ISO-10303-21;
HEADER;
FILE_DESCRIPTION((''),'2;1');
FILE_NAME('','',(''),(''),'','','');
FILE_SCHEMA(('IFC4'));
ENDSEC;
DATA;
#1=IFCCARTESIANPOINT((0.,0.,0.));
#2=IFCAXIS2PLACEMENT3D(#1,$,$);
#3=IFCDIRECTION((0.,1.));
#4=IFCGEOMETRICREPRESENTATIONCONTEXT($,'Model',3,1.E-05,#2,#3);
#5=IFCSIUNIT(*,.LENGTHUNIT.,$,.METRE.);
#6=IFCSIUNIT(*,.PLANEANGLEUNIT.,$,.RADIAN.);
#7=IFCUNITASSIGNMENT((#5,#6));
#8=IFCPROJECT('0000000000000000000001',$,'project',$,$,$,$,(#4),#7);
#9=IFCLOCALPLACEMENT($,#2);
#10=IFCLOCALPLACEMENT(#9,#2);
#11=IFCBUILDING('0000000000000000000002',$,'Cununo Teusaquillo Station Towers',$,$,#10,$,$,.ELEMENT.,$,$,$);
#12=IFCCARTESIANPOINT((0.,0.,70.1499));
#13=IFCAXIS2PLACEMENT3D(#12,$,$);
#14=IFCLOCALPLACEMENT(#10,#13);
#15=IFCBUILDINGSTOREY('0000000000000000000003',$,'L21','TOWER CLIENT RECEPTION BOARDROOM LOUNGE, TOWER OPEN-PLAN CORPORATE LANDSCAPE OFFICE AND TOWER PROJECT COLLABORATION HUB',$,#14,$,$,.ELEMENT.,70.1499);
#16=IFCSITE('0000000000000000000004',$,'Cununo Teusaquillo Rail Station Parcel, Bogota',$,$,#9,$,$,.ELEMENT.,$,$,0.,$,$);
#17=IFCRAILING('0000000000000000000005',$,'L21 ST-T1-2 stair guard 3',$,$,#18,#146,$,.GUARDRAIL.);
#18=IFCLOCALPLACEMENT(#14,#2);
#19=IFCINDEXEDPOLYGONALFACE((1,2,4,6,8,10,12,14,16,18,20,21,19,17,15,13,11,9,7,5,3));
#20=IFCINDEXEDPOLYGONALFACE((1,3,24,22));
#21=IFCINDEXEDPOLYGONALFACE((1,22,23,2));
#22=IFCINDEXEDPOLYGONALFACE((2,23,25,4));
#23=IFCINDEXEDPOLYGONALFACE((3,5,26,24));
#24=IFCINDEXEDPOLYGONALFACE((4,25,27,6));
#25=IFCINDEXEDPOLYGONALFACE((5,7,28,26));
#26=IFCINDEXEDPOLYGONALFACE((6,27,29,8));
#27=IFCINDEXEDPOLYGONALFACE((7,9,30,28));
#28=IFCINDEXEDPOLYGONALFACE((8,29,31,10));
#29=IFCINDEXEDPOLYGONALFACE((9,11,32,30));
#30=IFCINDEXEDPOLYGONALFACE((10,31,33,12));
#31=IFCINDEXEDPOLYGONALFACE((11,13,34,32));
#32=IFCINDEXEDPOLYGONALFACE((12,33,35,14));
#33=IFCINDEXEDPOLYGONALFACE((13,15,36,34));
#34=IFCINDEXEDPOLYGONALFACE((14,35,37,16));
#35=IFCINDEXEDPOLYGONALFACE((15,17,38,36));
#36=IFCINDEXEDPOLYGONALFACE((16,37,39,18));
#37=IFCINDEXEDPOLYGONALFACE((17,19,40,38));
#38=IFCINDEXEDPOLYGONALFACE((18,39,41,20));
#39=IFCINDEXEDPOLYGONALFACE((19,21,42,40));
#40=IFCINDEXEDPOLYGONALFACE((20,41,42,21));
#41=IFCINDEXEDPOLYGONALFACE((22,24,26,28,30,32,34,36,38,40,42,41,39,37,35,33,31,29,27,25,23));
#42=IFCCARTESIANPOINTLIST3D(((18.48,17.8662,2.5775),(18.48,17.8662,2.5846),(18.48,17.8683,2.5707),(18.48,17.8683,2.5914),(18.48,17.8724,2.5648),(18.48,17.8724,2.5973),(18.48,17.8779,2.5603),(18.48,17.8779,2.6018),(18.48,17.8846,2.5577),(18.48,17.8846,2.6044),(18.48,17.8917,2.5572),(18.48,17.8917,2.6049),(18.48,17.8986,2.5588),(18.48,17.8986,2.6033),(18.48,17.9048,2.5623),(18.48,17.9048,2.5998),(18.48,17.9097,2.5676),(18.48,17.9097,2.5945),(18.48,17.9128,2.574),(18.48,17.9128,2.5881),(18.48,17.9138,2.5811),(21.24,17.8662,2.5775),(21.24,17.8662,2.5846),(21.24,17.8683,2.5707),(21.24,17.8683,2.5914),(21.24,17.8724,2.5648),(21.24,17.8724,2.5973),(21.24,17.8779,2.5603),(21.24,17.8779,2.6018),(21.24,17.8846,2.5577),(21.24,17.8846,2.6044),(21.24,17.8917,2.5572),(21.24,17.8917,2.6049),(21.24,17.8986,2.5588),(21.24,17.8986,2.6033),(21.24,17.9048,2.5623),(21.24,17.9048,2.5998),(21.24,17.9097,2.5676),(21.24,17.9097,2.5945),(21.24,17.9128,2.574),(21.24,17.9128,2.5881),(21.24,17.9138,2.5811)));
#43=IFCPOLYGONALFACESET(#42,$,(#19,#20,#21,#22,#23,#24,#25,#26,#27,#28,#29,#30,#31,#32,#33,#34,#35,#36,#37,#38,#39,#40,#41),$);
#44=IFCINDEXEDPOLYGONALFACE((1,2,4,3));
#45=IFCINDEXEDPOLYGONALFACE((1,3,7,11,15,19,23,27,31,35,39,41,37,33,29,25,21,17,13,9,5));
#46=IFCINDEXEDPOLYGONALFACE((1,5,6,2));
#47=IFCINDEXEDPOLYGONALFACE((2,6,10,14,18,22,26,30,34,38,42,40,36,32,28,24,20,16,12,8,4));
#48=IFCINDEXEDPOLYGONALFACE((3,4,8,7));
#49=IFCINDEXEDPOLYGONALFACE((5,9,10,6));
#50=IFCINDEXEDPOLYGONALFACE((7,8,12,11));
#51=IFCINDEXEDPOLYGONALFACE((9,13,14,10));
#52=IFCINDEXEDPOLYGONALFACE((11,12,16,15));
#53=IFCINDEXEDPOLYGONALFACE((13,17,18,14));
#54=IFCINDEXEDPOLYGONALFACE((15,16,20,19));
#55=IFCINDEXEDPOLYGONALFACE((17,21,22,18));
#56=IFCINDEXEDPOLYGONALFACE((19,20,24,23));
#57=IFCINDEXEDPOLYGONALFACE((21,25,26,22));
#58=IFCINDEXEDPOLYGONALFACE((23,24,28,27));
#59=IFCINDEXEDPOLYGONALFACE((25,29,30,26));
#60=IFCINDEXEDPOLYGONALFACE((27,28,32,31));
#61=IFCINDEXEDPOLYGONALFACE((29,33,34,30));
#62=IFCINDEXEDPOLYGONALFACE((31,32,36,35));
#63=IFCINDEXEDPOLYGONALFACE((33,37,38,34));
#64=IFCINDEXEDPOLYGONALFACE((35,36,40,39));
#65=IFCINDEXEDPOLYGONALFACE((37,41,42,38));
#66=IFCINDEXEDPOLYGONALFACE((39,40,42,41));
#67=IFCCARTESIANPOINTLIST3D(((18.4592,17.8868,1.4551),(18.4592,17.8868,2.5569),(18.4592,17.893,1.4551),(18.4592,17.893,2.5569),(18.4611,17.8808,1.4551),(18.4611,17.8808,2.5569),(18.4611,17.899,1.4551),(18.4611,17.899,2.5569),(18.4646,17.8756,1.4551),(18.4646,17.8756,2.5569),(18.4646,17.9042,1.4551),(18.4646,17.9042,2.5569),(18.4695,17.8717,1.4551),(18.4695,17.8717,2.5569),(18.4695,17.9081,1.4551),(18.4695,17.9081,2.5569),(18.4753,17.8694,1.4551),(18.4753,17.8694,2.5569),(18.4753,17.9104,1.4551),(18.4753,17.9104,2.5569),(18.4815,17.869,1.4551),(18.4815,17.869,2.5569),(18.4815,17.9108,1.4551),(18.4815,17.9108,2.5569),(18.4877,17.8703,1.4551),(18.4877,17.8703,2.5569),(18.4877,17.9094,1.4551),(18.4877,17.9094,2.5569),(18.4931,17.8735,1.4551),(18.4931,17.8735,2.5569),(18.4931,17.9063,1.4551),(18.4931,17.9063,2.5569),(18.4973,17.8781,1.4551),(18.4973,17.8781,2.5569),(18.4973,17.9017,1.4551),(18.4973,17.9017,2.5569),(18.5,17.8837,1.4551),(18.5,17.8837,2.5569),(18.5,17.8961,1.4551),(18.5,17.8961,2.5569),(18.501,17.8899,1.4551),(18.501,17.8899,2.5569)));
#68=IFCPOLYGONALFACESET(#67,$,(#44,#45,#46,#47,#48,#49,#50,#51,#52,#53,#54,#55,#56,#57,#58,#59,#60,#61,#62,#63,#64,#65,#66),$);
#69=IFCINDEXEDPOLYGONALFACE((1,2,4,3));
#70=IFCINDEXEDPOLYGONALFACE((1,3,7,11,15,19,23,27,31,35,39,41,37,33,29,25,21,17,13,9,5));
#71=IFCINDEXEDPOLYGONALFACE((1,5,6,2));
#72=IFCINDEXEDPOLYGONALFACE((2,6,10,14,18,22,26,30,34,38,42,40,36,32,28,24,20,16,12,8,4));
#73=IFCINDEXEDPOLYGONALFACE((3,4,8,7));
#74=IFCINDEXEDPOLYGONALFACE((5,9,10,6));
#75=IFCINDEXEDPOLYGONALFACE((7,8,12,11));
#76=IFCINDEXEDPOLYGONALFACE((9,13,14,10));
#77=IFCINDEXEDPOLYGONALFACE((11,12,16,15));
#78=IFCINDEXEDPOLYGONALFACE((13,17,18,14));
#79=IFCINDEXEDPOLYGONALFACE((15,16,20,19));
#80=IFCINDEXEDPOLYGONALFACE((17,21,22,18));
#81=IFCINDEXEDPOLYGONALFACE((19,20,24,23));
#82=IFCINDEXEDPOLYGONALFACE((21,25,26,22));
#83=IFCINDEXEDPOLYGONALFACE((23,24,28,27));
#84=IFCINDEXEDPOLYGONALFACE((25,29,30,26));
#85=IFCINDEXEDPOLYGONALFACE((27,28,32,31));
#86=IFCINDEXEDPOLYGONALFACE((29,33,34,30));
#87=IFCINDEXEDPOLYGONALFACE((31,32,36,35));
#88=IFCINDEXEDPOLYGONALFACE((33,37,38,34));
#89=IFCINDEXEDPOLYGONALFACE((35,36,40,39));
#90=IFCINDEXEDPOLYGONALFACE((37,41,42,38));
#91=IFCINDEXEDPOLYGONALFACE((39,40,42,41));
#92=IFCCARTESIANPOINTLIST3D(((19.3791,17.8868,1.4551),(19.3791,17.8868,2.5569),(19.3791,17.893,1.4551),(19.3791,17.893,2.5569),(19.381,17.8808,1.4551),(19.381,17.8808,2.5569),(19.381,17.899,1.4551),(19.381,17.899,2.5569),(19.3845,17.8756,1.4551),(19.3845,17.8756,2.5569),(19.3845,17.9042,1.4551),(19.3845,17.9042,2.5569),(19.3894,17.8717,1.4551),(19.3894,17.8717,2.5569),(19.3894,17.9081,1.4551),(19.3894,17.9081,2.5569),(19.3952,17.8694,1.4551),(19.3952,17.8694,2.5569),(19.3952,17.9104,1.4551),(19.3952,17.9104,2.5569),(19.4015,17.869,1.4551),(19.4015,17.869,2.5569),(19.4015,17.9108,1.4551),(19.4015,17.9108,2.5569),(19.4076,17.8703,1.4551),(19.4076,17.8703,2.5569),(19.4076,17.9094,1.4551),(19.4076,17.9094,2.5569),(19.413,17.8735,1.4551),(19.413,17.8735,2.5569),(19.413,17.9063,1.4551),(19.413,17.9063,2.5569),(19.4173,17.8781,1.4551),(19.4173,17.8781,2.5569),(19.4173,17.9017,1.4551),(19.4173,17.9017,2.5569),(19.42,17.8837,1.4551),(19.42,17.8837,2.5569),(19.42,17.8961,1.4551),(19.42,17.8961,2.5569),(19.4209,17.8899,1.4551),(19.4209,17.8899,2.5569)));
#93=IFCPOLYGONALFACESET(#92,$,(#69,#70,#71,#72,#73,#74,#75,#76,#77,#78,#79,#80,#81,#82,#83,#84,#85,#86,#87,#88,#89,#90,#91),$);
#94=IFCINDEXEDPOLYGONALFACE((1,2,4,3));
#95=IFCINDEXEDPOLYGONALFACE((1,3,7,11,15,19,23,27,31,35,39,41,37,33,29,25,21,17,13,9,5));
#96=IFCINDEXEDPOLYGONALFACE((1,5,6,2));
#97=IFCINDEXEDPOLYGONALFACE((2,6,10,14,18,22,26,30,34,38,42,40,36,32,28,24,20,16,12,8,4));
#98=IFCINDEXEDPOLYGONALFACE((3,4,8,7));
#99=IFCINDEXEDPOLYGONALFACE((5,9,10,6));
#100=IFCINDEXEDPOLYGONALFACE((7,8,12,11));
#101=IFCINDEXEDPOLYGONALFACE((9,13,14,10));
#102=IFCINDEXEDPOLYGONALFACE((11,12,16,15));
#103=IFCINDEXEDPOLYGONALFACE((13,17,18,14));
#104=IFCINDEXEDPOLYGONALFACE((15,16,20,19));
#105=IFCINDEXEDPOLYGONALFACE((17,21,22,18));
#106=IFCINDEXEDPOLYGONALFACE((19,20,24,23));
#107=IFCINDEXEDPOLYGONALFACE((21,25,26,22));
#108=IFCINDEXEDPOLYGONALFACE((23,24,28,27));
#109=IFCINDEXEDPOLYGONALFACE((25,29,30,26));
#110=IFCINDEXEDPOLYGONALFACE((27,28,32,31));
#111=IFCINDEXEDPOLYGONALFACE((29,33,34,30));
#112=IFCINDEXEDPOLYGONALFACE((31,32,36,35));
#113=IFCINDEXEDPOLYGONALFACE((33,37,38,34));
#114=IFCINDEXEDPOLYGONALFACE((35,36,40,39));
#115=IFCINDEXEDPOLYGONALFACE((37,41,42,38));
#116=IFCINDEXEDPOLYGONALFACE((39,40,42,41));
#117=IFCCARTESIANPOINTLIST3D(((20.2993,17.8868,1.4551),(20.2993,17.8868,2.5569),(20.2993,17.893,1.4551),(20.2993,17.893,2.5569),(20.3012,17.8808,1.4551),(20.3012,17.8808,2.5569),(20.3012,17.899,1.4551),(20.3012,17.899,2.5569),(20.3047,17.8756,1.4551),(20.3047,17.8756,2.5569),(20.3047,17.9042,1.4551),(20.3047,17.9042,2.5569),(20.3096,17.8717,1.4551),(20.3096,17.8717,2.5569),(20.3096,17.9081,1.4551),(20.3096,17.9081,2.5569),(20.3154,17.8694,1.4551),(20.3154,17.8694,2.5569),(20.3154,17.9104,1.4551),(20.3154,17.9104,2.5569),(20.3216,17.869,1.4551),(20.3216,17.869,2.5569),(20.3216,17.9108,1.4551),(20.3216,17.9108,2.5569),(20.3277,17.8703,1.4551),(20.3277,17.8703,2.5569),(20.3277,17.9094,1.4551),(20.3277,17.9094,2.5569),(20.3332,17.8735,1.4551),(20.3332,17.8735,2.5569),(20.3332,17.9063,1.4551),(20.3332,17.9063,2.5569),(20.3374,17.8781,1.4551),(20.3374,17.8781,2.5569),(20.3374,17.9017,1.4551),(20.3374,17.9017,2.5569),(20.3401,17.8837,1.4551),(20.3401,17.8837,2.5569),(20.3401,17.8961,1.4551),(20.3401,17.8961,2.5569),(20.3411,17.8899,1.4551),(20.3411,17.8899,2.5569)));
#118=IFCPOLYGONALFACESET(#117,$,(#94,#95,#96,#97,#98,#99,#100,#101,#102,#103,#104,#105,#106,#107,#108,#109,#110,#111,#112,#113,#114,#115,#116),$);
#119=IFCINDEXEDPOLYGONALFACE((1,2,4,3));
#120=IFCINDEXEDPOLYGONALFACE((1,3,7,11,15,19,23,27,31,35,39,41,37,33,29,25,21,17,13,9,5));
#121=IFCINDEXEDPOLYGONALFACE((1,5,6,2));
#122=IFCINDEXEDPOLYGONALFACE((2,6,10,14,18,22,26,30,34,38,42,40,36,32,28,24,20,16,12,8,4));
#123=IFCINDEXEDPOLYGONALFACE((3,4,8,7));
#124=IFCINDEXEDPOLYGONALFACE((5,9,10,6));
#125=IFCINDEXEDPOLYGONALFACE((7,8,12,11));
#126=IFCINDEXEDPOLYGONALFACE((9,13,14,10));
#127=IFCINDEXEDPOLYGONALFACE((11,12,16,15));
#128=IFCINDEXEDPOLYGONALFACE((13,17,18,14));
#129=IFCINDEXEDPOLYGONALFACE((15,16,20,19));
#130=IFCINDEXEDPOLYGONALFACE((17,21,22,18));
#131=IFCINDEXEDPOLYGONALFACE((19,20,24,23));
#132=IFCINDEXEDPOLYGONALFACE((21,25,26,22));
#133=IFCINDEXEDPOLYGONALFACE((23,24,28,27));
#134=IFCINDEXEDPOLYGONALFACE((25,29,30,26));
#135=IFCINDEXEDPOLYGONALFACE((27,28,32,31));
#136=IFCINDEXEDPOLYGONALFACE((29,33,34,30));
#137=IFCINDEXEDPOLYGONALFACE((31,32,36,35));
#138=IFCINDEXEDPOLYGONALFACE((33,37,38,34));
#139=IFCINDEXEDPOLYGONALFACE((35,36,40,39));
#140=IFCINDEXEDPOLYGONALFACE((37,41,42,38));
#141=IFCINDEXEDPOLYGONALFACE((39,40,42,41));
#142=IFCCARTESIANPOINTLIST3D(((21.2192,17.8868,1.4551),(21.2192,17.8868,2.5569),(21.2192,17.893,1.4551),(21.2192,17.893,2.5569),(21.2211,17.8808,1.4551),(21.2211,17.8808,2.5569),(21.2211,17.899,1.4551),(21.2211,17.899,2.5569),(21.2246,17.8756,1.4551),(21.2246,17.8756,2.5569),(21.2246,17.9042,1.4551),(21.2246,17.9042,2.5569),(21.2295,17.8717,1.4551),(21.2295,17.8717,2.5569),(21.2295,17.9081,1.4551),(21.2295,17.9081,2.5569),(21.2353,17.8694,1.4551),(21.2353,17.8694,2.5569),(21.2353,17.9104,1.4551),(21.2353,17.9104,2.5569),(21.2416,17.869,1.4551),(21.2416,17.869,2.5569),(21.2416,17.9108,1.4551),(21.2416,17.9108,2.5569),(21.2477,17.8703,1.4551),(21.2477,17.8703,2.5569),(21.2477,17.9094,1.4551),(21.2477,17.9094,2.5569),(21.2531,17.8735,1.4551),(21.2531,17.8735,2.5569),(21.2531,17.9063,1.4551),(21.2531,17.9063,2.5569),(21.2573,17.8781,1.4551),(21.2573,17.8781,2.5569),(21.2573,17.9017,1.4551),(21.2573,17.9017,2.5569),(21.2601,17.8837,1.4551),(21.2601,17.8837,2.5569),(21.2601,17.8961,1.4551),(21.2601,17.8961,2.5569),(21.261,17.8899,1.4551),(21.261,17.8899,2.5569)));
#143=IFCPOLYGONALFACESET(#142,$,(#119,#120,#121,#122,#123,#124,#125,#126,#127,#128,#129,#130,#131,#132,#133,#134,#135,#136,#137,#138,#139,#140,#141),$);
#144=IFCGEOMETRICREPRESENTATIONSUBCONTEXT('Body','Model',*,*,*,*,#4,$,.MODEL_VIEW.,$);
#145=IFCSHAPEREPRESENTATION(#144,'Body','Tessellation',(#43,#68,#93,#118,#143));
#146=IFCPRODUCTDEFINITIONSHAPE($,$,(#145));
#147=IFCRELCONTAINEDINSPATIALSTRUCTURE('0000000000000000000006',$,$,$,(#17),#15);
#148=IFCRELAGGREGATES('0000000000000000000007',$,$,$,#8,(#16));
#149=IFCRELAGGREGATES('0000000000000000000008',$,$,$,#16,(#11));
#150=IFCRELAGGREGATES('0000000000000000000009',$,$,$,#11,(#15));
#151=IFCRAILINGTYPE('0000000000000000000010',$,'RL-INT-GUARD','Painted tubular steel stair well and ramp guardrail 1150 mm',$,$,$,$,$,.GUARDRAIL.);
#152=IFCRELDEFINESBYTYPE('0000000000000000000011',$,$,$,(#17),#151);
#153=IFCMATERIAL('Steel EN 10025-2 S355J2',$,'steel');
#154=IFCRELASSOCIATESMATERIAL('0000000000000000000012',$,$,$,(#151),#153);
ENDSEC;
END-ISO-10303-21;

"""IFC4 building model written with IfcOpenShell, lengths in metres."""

from ifc_helpers import new_model, si_unit, direction, frame, origin, origin_2d, place, context, subcontext, project, spatial, circle, extrude, material, type_object, element, save


model = new_model("IFC4")

# Units and contexts
model_context = context("Model", 3, precision=1e-05, world=origin(), true_north=direction((0.0, 1.0)))
body_context = subcontext(model_context, "Body", "Model", "MODEL_VIEW")
ifc_project = project(units=[si_unit("LENGTHUNIT", "METRE"), si_unit("PLANEANGLEUNIT", "RADIAN")], contexts=[model_context])

# Site, building, storey
site_placement = place(None, origin())
site = spatial("IfcSite", under=ifc_project, at=site_placement, Name="Cununo Teusaquillo Rail Station Parcel, Bogota", CompositionType="ELEMENT", RefElevation=0.0)
building_placement = place(site_placement, origin())
building = spatial("IfcBuilding", under=site, at=building_placement, Name="Cununo Teusaquillo Station Towers", CompositionType="ELEMENT")
storey_placement = place(building_placement, frame((0.0, 0.0, 70.1499)))
storey = spatial("IfcBuildingStorey", under=building, at=storey_placement, Name="L21", Description="TOWER CLIENT RECEPTION BOARDROOM LOUNGE, TOWER OPEN-PLAN CORPORATE LANDSCAPE OFFICE AND TOWER PROJECT COLLABORATION HUB", CompositionType="ELEMENT", Elevation=70.1499)

# Railing
ifc_material_1 = material(Name="Steel EN 10025-2 S355J2", Category="steel")
railing_type_1 = type_object("IfcRailingType", Name="RL-INT-GUARD", Description="Painted tubular steel stair well and ramp guardrail 1150 mm", PredefinedType="GUARDRAIL", material=ifc_material_1)
railing_1_placement = place(storey_placement, frame((18.48, 17.8899, 1.4551)))
element("IfcRailing", 1, at=railing_1_placement, inside=storey, type_object=railing_type_1, Name="L21 ST-T1-2 stair guard 3", PredefinedType="GUARDRAIL", context=body_context, shape_type="SweptSolid", body=[
    extrude(circle(Radius=0.0239, at=origin_2d()), frame((0.0, 0.0, 1.126), z_axis=(1.0, 0.0, 0.0), x_axis=(0.0, 1.0, 0.0)), (0.0, 0.0, 1.0), 2.76),
    extrude(circle(Radius=0.021, at=origin_2d()), origin(), (0.0, 0.0, 1.0), 1.1018),
    extrude(circle(Radius=0.021, at=origin_2d()), frame((0.9199, 0.0, 0.0)), (0.0, 0.0, 1.0), 1.1018),
    extrude(circle(Radius=0.021, at=origin_2d()), frame((1.8401, 0.0, 0.0)), (0.0, 0.0, 1.0), 1.1018),
    extrude(circle(Radius=0.021, at=origin_2d()), frame((2.76, 0.0, 0.0)), (0.0, 0.0, 1.0), 1.1018),
])

save(model, "model.ifc")
